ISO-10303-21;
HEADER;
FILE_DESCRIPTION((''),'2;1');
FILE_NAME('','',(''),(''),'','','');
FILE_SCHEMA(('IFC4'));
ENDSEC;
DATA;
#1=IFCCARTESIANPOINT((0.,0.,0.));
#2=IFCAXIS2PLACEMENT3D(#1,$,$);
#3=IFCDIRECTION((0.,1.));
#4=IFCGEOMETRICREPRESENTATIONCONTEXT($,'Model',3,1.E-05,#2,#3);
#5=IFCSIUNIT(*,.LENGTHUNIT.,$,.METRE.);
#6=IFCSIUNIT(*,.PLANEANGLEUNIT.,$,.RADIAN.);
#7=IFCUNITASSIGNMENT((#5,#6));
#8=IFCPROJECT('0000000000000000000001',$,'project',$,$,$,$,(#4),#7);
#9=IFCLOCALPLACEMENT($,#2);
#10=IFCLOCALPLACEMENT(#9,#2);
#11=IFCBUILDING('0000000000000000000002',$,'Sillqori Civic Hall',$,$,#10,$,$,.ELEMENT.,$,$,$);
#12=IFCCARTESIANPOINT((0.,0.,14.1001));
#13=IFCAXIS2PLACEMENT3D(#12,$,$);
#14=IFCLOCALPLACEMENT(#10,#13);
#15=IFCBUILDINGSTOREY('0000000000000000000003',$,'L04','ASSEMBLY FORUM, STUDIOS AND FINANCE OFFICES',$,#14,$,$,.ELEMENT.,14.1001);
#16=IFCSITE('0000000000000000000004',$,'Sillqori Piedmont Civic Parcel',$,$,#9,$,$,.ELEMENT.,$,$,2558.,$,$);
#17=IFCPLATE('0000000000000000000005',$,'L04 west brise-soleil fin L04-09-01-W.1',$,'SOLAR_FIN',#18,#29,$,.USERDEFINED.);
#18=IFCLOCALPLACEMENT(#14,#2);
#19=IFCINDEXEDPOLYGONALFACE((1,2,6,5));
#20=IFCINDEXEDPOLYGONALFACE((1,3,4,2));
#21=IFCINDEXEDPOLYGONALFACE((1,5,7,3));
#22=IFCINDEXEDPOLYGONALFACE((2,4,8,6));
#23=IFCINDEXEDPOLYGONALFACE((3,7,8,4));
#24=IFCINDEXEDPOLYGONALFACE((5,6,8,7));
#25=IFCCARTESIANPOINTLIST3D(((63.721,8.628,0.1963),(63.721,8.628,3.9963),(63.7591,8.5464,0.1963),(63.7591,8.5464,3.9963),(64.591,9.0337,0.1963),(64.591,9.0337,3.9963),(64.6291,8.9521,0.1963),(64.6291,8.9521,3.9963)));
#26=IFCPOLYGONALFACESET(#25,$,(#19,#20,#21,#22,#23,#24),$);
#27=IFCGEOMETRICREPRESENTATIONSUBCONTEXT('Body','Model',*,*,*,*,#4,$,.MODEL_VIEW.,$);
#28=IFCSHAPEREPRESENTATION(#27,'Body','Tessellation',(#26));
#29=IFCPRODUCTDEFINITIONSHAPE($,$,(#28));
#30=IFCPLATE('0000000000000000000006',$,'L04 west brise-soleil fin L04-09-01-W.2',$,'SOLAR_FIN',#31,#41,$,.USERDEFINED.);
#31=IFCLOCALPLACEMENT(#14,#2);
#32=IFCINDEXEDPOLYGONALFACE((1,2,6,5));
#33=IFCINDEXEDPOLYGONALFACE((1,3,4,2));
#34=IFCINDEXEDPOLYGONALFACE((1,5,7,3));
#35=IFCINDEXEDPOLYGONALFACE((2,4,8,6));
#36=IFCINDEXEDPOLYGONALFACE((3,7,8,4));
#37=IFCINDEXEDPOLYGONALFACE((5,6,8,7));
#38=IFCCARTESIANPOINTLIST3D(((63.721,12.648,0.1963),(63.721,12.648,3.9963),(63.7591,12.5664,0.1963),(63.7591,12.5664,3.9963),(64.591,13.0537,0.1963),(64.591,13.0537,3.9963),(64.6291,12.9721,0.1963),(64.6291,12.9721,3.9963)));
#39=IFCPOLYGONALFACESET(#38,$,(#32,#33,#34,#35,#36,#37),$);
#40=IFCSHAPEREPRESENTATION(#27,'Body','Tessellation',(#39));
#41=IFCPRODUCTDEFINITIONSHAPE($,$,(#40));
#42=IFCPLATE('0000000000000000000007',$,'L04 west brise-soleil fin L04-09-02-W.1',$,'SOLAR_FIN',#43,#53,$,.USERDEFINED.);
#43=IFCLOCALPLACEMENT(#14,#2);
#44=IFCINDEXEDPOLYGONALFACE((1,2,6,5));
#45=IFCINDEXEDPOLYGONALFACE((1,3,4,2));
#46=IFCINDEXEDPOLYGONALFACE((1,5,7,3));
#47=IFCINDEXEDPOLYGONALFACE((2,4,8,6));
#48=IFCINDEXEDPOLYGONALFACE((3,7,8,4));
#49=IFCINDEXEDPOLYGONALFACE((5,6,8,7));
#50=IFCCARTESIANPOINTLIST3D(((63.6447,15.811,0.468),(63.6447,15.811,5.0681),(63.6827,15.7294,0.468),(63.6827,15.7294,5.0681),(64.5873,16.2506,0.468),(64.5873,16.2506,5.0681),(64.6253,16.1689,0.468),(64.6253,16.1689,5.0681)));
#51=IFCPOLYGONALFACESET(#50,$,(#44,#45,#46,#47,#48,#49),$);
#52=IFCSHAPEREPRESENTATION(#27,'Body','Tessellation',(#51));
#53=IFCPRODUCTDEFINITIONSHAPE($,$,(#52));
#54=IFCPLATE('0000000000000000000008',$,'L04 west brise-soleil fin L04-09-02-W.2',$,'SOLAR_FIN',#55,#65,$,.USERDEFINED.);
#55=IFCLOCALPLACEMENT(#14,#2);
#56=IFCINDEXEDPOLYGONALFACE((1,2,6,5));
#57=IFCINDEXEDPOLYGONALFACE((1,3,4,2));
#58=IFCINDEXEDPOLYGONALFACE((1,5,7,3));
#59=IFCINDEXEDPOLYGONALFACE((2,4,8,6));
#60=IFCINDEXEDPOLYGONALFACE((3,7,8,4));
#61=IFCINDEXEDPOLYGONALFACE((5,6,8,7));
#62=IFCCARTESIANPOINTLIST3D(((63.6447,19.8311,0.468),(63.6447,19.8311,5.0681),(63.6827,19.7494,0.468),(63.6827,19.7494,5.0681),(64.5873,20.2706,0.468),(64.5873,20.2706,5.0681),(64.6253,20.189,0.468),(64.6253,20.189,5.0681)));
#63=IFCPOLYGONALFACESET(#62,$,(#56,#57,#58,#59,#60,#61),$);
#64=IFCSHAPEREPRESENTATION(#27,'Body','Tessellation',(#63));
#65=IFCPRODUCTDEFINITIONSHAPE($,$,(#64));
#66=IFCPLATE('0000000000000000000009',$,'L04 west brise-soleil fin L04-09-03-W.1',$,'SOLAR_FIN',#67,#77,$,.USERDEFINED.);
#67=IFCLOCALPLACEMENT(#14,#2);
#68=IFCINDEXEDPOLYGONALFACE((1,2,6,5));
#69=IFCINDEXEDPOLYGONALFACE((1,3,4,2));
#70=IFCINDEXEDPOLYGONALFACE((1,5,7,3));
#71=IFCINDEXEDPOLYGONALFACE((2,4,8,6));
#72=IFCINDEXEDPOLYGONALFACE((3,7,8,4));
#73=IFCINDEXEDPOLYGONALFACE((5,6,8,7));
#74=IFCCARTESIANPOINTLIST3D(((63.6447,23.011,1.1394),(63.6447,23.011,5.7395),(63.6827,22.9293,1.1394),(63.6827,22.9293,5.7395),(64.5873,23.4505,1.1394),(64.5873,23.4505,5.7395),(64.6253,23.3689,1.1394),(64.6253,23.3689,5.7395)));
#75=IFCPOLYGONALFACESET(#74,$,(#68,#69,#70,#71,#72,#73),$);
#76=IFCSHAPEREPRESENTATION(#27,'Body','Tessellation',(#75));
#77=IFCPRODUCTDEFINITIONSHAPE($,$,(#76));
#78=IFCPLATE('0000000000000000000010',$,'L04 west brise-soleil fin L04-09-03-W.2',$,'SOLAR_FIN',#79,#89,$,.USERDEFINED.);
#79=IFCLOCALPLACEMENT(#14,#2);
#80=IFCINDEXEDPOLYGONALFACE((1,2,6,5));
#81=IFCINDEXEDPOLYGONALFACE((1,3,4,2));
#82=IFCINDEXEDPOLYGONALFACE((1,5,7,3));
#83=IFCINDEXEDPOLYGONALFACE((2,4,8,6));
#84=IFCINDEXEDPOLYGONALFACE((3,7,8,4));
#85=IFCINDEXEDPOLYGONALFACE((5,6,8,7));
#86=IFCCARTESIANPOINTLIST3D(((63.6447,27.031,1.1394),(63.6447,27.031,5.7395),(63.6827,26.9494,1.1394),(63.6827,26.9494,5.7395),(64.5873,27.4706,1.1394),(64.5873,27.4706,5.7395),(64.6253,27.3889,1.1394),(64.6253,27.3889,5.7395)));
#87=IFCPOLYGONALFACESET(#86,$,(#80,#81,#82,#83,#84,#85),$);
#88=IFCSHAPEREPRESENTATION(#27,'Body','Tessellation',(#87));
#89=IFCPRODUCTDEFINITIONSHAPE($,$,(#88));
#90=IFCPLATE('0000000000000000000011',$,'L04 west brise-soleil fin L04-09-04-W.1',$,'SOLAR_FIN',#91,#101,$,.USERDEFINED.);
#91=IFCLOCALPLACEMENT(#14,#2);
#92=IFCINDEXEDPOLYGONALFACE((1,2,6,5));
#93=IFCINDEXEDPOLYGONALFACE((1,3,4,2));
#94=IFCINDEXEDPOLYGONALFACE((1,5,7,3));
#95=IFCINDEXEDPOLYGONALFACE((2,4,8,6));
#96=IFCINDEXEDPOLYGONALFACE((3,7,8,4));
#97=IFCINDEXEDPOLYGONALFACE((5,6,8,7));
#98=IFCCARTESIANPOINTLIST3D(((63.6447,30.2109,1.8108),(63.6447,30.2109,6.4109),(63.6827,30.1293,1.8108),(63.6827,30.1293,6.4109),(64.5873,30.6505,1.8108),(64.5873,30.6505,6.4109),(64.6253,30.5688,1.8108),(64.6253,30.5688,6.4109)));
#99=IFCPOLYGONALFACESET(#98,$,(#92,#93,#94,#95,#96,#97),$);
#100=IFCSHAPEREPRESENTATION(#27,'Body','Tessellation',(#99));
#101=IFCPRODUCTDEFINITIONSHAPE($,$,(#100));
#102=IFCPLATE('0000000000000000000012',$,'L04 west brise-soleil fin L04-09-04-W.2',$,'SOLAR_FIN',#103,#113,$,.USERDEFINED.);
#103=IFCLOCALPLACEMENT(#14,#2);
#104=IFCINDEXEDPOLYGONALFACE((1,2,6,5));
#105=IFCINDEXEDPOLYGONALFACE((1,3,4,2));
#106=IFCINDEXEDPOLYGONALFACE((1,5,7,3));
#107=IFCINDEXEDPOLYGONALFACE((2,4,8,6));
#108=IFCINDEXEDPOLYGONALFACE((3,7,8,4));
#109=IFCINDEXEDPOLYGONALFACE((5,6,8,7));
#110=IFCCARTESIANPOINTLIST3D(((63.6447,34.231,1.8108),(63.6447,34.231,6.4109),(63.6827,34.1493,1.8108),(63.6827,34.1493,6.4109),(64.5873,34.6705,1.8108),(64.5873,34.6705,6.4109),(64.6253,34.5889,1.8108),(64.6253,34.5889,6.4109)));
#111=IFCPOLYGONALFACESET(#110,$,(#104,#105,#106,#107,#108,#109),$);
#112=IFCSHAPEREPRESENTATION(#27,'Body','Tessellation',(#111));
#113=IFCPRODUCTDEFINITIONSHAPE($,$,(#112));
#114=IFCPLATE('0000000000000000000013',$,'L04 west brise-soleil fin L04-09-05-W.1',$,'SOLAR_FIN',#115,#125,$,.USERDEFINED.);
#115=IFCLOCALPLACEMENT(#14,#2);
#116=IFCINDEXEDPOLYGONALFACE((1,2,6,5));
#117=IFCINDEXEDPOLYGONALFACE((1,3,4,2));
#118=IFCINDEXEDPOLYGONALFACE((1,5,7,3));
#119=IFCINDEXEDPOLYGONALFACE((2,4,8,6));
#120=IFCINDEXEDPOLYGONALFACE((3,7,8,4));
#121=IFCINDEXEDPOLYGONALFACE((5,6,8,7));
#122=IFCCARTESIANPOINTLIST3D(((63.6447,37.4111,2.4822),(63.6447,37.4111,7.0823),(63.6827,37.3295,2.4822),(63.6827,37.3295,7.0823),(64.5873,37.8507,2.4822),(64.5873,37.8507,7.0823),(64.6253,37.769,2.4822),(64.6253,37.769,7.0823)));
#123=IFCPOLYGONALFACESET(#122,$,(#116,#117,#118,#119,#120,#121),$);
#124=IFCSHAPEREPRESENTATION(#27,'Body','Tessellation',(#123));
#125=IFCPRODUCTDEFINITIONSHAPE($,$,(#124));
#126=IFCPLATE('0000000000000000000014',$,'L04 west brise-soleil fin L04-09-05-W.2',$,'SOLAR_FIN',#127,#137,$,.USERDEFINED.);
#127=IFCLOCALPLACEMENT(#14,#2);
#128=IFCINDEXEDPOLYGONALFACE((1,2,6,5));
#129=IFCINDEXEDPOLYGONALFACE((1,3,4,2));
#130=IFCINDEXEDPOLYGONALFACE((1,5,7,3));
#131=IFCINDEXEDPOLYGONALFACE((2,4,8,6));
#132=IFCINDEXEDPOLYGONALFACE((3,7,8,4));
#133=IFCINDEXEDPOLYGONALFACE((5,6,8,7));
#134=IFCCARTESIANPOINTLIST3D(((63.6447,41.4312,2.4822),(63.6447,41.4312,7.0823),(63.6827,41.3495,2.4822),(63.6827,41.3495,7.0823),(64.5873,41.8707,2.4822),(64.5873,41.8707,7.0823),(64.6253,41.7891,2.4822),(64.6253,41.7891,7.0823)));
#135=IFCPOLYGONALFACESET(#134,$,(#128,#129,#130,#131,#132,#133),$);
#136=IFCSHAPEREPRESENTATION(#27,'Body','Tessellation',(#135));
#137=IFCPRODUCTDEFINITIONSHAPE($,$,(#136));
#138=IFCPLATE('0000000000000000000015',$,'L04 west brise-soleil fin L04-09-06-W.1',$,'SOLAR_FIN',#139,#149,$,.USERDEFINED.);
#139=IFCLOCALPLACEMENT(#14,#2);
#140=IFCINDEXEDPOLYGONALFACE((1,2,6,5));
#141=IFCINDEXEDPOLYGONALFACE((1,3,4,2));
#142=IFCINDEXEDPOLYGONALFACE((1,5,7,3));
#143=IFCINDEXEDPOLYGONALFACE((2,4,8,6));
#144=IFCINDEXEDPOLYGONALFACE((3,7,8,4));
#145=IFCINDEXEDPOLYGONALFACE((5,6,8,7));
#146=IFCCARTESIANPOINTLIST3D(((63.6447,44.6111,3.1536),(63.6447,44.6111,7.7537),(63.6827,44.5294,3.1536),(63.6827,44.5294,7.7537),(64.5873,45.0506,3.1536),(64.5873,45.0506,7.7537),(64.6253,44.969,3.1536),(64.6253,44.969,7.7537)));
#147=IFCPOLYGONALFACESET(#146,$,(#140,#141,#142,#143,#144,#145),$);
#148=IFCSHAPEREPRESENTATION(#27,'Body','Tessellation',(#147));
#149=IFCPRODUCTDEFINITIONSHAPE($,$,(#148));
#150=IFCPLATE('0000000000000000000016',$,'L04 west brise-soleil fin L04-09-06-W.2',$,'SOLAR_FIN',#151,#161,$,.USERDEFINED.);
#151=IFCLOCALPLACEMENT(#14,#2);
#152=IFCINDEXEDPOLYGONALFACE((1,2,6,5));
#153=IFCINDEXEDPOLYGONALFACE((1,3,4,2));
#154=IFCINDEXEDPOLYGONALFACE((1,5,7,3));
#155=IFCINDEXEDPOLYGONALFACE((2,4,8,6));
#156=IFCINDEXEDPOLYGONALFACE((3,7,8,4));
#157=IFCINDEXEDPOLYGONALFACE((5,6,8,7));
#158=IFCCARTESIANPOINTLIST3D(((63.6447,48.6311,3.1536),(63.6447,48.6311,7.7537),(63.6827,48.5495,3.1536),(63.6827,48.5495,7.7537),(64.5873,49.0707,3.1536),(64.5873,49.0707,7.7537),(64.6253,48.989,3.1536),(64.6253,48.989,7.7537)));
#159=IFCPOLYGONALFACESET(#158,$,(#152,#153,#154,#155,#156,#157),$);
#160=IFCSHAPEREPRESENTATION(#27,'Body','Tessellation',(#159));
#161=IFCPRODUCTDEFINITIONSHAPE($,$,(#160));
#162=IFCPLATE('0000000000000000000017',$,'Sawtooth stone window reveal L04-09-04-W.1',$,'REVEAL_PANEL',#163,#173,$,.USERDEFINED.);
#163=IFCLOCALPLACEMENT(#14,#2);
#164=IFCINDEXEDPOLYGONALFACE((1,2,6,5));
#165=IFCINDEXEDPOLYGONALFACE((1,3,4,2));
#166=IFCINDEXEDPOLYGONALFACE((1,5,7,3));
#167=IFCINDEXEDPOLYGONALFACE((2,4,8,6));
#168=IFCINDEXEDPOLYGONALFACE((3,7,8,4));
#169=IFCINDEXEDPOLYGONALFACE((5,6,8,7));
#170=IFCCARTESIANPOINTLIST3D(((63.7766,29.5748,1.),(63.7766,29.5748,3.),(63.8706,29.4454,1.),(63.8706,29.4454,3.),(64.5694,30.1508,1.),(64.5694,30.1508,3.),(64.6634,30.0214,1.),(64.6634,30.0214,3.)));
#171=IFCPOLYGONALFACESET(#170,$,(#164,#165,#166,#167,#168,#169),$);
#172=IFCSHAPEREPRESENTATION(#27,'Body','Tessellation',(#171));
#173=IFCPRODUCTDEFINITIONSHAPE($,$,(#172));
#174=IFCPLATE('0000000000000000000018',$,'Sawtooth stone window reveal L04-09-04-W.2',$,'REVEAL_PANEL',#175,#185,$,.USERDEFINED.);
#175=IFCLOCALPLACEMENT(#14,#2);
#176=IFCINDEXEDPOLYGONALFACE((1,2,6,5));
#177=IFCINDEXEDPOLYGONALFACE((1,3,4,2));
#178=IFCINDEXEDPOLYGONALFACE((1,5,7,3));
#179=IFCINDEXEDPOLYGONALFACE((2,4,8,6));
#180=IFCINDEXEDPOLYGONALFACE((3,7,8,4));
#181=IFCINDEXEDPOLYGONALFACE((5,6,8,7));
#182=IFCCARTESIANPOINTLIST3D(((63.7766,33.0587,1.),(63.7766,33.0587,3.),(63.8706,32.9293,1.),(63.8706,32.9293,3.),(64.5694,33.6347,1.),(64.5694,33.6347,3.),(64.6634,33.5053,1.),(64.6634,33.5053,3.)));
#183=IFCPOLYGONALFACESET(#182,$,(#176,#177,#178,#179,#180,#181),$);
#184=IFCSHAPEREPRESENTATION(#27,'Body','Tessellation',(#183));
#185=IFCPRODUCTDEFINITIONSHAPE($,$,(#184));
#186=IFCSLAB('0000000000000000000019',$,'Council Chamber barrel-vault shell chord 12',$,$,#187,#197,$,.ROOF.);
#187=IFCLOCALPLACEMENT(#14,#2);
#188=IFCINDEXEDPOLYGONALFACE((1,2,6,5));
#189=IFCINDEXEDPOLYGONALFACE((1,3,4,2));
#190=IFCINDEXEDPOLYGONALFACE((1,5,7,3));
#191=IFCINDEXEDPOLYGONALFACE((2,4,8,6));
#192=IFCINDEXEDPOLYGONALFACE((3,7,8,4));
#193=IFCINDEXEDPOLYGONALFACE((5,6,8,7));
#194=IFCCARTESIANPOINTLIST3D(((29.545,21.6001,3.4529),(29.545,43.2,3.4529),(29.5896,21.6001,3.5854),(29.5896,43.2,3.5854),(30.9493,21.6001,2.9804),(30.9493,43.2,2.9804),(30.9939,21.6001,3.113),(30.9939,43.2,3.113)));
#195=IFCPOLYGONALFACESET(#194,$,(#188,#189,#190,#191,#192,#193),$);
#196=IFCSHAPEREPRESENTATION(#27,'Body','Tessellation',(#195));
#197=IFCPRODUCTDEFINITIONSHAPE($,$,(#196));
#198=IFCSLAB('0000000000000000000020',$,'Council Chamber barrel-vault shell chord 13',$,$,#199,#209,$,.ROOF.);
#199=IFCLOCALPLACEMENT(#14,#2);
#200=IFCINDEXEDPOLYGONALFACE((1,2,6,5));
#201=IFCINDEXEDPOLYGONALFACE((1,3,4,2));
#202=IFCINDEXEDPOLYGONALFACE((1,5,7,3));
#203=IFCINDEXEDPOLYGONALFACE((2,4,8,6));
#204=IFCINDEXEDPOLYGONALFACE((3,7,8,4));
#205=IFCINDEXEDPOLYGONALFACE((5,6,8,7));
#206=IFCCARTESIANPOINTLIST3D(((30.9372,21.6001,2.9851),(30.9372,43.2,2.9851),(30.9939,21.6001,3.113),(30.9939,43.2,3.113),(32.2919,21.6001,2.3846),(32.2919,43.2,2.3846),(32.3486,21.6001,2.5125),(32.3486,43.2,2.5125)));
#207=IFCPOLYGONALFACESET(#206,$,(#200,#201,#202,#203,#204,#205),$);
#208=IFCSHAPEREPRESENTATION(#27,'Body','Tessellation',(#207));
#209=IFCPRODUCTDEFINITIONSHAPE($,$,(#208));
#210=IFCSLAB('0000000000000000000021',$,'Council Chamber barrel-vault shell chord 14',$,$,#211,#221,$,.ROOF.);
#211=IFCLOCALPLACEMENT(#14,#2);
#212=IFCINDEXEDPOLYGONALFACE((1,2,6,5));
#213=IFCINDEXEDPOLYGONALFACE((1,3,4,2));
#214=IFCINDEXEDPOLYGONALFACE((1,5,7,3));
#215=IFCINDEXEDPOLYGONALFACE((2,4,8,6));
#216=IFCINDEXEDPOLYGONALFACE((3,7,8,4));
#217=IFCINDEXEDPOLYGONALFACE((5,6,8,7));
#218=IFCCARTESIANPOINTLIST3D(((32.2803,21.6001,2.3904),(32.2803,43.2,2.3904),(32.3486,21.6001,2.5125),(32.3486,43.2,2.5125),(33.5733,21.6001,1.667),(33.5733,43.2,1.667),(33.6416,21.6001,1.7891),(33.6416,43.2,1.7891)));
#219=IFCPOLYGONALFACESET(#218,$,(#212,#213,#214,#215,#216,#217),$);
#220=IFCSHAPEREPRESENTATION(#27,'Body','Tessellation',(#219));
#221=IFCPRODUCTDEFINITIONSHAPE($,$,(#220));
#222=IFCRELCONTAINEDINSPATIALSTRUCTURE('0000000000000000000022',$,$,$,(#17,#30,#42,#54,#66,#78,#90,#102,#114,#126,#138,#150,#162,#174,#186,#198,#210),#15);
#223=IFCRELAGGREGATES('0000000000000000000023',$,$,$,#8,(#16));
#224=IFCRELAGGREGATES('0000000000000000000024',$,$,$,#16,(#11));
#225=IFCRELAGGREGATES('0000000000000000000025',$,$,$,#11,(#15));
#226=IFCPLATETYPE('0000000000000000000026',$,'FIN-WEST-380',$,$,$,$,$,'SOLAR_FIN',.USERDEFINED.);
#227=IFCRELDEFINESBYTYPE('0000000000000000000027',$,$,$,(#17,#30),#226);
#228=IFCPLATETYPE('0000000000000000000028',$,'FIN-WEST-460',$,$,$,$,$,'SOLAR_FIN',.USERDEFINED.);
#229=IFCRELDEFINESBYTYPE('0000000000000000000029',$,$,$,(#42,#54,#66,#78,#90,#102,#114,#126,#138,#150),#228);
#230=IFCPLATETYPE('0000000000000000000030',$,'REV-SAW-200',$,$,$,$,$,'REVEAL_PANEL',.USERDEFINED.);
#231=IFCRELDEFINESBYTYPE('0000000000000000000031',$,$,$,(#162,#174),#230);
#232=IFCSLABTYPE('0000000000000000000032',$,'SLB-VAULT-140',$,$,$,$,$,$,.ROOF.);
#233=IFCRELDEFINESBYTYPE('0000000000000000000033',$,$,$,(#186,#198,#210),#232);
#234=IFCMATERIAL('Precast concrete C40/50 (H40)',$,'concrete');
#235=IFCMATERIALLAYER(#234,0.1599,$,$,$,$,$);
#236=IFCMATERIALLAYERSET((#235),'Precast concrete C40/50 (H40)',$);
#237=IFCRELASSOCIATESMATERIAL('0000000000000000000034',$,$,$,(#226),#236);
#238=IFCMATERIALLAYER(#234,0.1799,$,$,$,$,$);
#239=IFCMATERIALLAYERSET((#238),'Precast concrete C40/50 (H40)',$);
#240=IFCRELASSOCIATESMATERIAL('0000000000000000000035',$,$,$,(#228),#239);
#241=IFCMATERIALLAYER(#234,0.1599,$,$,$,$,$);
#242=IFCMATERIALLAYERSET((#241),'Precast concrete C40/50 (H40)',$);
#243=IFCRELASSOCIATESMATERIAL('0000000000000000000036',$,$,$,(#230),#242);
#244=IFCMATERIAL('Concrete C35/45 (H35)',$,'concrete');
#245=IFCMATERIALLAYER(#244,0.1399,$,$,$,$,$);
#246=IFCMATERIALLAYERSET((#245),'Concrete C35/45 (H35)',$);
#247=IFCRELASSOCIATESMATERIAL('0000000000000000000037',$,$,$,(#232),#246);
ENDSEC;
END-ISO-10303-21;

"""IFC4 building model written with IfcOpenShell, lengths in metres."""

from ifc_helpers import new_model, si_unit, direction, frame, origin, origin_2d, place, context, subcontext, project, spatial, polyline, rectangle, outline, extrude, material, layer, layer_set, type_object, element, save


model = new_model("IFC4")

# Units and contexts
model_context = context("Model", 3, precision=1e-05, world=origin(), true_north=direction((0.0, 1.0)))
body_context = subcontext(model_context, "Body", "Model", "MODEL_VIEW")
ifc_project = project(units=[si_unit("LENGTHUNIT", "METRE"), si_unit("PLANEANGLEUNIT", "RADIAN")], contexts=[model_context])

# Site, building, storey
site_placement = place(None, origin())
site = spatial("IfcSite", under=ifc_project, at=site_placement, Name="Sillqori Piedmont Civic Parcel", CompositionType="ELEMENT", RefElevation=2558.0)
building_placement = place(site_placement, origin())
building = spatial("IfcBuilding", under=site, at=building_placement, Name="Sillqori Civic Hall", CompositionType="ELEMENT")
storey_placement = place(building_placement, frame((0.0, 0.0, 14.1001)))
storey = spatial("IfcBuildingStorey", under=building, at=storey_placement, Name="L04", Description="ASSEMBLY FORUM, STUDIOS AND FINANCE OFFICES", CompositionType="ELEMENT", Elevation=14.1001)

# Plates
ifc_material_1 = material(Name="Precast concrete C40/50 (H40)", Category="concrete")
ifc_layer_1 = layer(ifc_material_1, 0.1599)
ifc_layer_set_1 = layer_set([ifc_layer_1], Name="Precast concrete C40/50 (H40)")
plate_type_1 = type_object("IfcPlateType", Name="FIN-WEST-380", ElementType="SOLAR_FIN", PredefinedType="USERDEFINED", material=ifc_layer_set_1)
for number, where, z_axis, x_axis, name in (
    (1, (64.175, 8.79, 0.1963), (0.0, 0.0, 1.0), (-0.422618, 0.906308, 0.0), "L04 west brise-soleil fin L04-09-01-W.1"),
    (2, (64.175, 12.8101, 0.1963), (0.0, 0.0, 1.0), (-0.422618, 0.906308, 0.0), "L04 west brise-soleil fin L04-09-01-W.2"),
):
    element("IfcPlate", number, at=place(storey_placement, frame(where, z_axis=z_axis, x_axis=x_axis)), inside=storey, type_object=plate_type_1, Name=name, ObjectType="SOLAR_FIN", PredefinedType="USERDEFINED", context=body_context, shape_type="SweptSolid", body=[
        extrude(rectangle(XDim=0.0901, YDim=0.96, at=origin_2d()), origin(), (0.0, 0.0, 1.0), 3.8),
    ])
ifc_layer_2 = layer(ifc_material_1, 0.1799)
ifc_layer_set_2 = layer_set([ifc_layer_2], Name="Precast concrete C40/50 (H40)")
plate_type_2 = type_object("IfcPlateType", Name="FIN-WEST-460", ElementType="SOLAR_FIN", PredefinedType="USERDEFINED", material=ifc_layer_set_2)
for number, where, z_axis, x_axis, name in (
    (3, (64.135, 15.99, 0.468), (0.0, 0.0, 1.0), (-0.422618, 0.906308, 0.0), "L04 west brise-soleil fin L04-09-02-W.1"),
    (4, (64.135, 20.01, 0.468), (0.0, 0.0, 1.0), (-0.422618, 0.906308, 0.0), "L04 west brise-soleil fin L04-09-02-W.2"),
    (5, (64.135, 23.1899, 1.1394), (0.0, 0.0, 1.0), (-0.422618, 0.906308, 0.0), "L04 west brise-soleil fin L04-09-03-W.1"),
    (6, (64.135, 27.21, 1.1394), (0.0, 0.0, 1.0), (-0.422618, 0.906308, 0.0), "L04 west brise-soleil fin L04-09-03-W.2"),
    (7, (64.135, 30.3899, 1.8108), (0.0, 0.0, 1.0), (-0.422618, 0.906308, 0.0), "L04 west brise-soleil fin L04-09-04-W.1"),
    (8, (64.135, 34.4099, 1.8108), (0.0, 0.0, 1.0), (-0.422618, 0.906308, 0.0), "L04 west brise-soleil fin L04-09-04-W.2"),
    (9, (64.135, 37.5901, 2.4822), (0.0, 0.0, 1.0), (-0.422618, 0.906308, 0.0), "L04 west brise-soleil fin L04-09-05-W.1"),
    (10, (64.135, 41.6101, 2.4822), (0.0, 0.0, 1.0), (-0.422618, 0.906308, 0.0), "L04 west brise-soleil fin L04-09-05-W.2"),
    (11, (64.135, 44.79, 3.1536), (0.0, 0.0, 1.0), (-0.422618, 0.906308, 0.0), "L04 west brise-soleil fin L04-09-06-W.1"),
    (12, (64.135, 48.8101, 3.1536), (0.0, 0.0, 1.0), (-0.422618, 0.906308, 0.0), "L04 west brise-soleil fin L04-09-06-W.2"),
):
    element("IfcPlate", number, at=place(storey_placement, frame(where, z_axis=z_axis, x_axis=x_axis)), inside=storey, type_object=plate_type_2, Name=name, ObjectType="SOLAR_FIN", PredefinedType="USERDEFINED", context=body_context, shape_type="SweptSolid", body=[
        extrude(rectangle(XDim=0.0901, YDim=1.04, at=origin_2d()), origin(), (0.0, 0.0, 1.0), 4.6001),
    ])
ifc_layer_3 = layer(ifc_material_1, 0.1599)
ifc_layer_set_3 = layer_set([ifc_layer_3], Name="Precast concrete C40/50 (H40)")
plate_type_3 = type_object("IfcPlateType", Name="REV-SAW-200", ElementType="REVEAL_PANEL", PredefinedType="USERDEFINED", material=ifc_layer_set_3)
for number, where, z_axis, x_axis, name in (
    (13, (64.22, 29.7981, 1.0), (0.0, 0.0, 1.0), (-0.587785, 0.809017, 0.0), "Sawtooth stone window reveal L04-09-04-W.1"),
    (14, (64.22, 33.282, 1.0), (0.0, 0.0, 1.0), (-0.587785, 0.809017, 0.0), "Sawtooth stone window reveal L04-09-04-W.2"),
):
    element("IfcPlate", number, at=place(storey_placement, frame(where, z_axis=z_axis, x_axis=x_axis)), inside=storey, type_object=plate_type_3, Name=name, ObjectType="REVEAL_PANEL", PredefinedType="USERDEFINED", context=body_context, shape_type="SweptSolid", body=[
        extrude(rectangle(XDim=0.1599, YDim=0.98, at=origin_2d()), origin(), (0.0, 0.0, 1.0), 2.0),
    ])

# Slabs
ifc_material_2 = material(Name="Concrete C35/45 (H35)", Category="concrete")
ifc_layer_4 = layer(ifc_material_2, 0.1399)
ifc_layer_set_4 = layer_set([ifc_layer_4], Name="Concrete C35/45 (H35)")
slab_type = type_object("IfcSlabType", Name="SLB-VAULT-140", PredefinedType="ROOF", material=ifc_layer_set_4)
slab_1_placement = place(storey_placement, frame((29.5896, 21.6001, 3.5854), z_axis=(0.318847, 0.0, 0.947806), x_axis=(0.947806, 0.0, -0.318847)))
element("IfcSlab", 15, at=slab_1_placement, inside=storey, type_object=slab_type, Name="Council Chamber barrel-vault shell chord 12", PredefinedType="ROOF", context=body_context, shape_type="SweptSolid", body=[
    extrude(outline(polyline([(0.0, 0.0), (1.4816, 0.0), (1.4816, 21.5999), (0.0, 21.5999), (0.0, 0.0)])), origin(), (0.0, 0.0, -1.0), 0.1399),
])
slab_2_placement = place(storey_placement, frame((30.9939, 21.6001, 3.113), z_axis=(0.405282, 0.0, 0.914192), x_axis=(0.914192, 0.0, -0.405282)))
element("IfcSlab", 16, at=slab_2_placement, inside=storey, type_object=slab_type, Name="Council Chamber barrel-vault shell chord 13", PredefinedType="ROOF", context=body_context, shape_type="SweptSolid", body=[
    extrude(outline(polyline([(0.0, 0.0), (1.4819, 0.0), (1.4819, 21.5999), (0.0, 21.5999), (0.0, 0.0)])), origin(), (0.0, 0.0, -1.0), 0.1399),
])
slab_3_placement = place(storey_placement, frame((32.3486, 21.6001, 2.5125), z_axis=(0.488257, 0.0, 0.8727), x_axis=(0.8727, 0.0, -0.488257)))
element("IfcSlab", 17, at=slab_3_placement, inside=storey, type_object=slab_type, Name="Council Chamber barrel-vault shell chord 14", PredefinedType="ROOF", context=body_context, shape_type="SweptSolid", body=[
    extrude(outline(polyline([(0.0, 0.0), (1.4816, 0.0), (1.4816, 21.5999), (0.0, 21.5999), (0.0, 0.0)])), origin(), (0.0, 0.0, -1.0), 0.1399),
])

save(model, "model.ifc")
